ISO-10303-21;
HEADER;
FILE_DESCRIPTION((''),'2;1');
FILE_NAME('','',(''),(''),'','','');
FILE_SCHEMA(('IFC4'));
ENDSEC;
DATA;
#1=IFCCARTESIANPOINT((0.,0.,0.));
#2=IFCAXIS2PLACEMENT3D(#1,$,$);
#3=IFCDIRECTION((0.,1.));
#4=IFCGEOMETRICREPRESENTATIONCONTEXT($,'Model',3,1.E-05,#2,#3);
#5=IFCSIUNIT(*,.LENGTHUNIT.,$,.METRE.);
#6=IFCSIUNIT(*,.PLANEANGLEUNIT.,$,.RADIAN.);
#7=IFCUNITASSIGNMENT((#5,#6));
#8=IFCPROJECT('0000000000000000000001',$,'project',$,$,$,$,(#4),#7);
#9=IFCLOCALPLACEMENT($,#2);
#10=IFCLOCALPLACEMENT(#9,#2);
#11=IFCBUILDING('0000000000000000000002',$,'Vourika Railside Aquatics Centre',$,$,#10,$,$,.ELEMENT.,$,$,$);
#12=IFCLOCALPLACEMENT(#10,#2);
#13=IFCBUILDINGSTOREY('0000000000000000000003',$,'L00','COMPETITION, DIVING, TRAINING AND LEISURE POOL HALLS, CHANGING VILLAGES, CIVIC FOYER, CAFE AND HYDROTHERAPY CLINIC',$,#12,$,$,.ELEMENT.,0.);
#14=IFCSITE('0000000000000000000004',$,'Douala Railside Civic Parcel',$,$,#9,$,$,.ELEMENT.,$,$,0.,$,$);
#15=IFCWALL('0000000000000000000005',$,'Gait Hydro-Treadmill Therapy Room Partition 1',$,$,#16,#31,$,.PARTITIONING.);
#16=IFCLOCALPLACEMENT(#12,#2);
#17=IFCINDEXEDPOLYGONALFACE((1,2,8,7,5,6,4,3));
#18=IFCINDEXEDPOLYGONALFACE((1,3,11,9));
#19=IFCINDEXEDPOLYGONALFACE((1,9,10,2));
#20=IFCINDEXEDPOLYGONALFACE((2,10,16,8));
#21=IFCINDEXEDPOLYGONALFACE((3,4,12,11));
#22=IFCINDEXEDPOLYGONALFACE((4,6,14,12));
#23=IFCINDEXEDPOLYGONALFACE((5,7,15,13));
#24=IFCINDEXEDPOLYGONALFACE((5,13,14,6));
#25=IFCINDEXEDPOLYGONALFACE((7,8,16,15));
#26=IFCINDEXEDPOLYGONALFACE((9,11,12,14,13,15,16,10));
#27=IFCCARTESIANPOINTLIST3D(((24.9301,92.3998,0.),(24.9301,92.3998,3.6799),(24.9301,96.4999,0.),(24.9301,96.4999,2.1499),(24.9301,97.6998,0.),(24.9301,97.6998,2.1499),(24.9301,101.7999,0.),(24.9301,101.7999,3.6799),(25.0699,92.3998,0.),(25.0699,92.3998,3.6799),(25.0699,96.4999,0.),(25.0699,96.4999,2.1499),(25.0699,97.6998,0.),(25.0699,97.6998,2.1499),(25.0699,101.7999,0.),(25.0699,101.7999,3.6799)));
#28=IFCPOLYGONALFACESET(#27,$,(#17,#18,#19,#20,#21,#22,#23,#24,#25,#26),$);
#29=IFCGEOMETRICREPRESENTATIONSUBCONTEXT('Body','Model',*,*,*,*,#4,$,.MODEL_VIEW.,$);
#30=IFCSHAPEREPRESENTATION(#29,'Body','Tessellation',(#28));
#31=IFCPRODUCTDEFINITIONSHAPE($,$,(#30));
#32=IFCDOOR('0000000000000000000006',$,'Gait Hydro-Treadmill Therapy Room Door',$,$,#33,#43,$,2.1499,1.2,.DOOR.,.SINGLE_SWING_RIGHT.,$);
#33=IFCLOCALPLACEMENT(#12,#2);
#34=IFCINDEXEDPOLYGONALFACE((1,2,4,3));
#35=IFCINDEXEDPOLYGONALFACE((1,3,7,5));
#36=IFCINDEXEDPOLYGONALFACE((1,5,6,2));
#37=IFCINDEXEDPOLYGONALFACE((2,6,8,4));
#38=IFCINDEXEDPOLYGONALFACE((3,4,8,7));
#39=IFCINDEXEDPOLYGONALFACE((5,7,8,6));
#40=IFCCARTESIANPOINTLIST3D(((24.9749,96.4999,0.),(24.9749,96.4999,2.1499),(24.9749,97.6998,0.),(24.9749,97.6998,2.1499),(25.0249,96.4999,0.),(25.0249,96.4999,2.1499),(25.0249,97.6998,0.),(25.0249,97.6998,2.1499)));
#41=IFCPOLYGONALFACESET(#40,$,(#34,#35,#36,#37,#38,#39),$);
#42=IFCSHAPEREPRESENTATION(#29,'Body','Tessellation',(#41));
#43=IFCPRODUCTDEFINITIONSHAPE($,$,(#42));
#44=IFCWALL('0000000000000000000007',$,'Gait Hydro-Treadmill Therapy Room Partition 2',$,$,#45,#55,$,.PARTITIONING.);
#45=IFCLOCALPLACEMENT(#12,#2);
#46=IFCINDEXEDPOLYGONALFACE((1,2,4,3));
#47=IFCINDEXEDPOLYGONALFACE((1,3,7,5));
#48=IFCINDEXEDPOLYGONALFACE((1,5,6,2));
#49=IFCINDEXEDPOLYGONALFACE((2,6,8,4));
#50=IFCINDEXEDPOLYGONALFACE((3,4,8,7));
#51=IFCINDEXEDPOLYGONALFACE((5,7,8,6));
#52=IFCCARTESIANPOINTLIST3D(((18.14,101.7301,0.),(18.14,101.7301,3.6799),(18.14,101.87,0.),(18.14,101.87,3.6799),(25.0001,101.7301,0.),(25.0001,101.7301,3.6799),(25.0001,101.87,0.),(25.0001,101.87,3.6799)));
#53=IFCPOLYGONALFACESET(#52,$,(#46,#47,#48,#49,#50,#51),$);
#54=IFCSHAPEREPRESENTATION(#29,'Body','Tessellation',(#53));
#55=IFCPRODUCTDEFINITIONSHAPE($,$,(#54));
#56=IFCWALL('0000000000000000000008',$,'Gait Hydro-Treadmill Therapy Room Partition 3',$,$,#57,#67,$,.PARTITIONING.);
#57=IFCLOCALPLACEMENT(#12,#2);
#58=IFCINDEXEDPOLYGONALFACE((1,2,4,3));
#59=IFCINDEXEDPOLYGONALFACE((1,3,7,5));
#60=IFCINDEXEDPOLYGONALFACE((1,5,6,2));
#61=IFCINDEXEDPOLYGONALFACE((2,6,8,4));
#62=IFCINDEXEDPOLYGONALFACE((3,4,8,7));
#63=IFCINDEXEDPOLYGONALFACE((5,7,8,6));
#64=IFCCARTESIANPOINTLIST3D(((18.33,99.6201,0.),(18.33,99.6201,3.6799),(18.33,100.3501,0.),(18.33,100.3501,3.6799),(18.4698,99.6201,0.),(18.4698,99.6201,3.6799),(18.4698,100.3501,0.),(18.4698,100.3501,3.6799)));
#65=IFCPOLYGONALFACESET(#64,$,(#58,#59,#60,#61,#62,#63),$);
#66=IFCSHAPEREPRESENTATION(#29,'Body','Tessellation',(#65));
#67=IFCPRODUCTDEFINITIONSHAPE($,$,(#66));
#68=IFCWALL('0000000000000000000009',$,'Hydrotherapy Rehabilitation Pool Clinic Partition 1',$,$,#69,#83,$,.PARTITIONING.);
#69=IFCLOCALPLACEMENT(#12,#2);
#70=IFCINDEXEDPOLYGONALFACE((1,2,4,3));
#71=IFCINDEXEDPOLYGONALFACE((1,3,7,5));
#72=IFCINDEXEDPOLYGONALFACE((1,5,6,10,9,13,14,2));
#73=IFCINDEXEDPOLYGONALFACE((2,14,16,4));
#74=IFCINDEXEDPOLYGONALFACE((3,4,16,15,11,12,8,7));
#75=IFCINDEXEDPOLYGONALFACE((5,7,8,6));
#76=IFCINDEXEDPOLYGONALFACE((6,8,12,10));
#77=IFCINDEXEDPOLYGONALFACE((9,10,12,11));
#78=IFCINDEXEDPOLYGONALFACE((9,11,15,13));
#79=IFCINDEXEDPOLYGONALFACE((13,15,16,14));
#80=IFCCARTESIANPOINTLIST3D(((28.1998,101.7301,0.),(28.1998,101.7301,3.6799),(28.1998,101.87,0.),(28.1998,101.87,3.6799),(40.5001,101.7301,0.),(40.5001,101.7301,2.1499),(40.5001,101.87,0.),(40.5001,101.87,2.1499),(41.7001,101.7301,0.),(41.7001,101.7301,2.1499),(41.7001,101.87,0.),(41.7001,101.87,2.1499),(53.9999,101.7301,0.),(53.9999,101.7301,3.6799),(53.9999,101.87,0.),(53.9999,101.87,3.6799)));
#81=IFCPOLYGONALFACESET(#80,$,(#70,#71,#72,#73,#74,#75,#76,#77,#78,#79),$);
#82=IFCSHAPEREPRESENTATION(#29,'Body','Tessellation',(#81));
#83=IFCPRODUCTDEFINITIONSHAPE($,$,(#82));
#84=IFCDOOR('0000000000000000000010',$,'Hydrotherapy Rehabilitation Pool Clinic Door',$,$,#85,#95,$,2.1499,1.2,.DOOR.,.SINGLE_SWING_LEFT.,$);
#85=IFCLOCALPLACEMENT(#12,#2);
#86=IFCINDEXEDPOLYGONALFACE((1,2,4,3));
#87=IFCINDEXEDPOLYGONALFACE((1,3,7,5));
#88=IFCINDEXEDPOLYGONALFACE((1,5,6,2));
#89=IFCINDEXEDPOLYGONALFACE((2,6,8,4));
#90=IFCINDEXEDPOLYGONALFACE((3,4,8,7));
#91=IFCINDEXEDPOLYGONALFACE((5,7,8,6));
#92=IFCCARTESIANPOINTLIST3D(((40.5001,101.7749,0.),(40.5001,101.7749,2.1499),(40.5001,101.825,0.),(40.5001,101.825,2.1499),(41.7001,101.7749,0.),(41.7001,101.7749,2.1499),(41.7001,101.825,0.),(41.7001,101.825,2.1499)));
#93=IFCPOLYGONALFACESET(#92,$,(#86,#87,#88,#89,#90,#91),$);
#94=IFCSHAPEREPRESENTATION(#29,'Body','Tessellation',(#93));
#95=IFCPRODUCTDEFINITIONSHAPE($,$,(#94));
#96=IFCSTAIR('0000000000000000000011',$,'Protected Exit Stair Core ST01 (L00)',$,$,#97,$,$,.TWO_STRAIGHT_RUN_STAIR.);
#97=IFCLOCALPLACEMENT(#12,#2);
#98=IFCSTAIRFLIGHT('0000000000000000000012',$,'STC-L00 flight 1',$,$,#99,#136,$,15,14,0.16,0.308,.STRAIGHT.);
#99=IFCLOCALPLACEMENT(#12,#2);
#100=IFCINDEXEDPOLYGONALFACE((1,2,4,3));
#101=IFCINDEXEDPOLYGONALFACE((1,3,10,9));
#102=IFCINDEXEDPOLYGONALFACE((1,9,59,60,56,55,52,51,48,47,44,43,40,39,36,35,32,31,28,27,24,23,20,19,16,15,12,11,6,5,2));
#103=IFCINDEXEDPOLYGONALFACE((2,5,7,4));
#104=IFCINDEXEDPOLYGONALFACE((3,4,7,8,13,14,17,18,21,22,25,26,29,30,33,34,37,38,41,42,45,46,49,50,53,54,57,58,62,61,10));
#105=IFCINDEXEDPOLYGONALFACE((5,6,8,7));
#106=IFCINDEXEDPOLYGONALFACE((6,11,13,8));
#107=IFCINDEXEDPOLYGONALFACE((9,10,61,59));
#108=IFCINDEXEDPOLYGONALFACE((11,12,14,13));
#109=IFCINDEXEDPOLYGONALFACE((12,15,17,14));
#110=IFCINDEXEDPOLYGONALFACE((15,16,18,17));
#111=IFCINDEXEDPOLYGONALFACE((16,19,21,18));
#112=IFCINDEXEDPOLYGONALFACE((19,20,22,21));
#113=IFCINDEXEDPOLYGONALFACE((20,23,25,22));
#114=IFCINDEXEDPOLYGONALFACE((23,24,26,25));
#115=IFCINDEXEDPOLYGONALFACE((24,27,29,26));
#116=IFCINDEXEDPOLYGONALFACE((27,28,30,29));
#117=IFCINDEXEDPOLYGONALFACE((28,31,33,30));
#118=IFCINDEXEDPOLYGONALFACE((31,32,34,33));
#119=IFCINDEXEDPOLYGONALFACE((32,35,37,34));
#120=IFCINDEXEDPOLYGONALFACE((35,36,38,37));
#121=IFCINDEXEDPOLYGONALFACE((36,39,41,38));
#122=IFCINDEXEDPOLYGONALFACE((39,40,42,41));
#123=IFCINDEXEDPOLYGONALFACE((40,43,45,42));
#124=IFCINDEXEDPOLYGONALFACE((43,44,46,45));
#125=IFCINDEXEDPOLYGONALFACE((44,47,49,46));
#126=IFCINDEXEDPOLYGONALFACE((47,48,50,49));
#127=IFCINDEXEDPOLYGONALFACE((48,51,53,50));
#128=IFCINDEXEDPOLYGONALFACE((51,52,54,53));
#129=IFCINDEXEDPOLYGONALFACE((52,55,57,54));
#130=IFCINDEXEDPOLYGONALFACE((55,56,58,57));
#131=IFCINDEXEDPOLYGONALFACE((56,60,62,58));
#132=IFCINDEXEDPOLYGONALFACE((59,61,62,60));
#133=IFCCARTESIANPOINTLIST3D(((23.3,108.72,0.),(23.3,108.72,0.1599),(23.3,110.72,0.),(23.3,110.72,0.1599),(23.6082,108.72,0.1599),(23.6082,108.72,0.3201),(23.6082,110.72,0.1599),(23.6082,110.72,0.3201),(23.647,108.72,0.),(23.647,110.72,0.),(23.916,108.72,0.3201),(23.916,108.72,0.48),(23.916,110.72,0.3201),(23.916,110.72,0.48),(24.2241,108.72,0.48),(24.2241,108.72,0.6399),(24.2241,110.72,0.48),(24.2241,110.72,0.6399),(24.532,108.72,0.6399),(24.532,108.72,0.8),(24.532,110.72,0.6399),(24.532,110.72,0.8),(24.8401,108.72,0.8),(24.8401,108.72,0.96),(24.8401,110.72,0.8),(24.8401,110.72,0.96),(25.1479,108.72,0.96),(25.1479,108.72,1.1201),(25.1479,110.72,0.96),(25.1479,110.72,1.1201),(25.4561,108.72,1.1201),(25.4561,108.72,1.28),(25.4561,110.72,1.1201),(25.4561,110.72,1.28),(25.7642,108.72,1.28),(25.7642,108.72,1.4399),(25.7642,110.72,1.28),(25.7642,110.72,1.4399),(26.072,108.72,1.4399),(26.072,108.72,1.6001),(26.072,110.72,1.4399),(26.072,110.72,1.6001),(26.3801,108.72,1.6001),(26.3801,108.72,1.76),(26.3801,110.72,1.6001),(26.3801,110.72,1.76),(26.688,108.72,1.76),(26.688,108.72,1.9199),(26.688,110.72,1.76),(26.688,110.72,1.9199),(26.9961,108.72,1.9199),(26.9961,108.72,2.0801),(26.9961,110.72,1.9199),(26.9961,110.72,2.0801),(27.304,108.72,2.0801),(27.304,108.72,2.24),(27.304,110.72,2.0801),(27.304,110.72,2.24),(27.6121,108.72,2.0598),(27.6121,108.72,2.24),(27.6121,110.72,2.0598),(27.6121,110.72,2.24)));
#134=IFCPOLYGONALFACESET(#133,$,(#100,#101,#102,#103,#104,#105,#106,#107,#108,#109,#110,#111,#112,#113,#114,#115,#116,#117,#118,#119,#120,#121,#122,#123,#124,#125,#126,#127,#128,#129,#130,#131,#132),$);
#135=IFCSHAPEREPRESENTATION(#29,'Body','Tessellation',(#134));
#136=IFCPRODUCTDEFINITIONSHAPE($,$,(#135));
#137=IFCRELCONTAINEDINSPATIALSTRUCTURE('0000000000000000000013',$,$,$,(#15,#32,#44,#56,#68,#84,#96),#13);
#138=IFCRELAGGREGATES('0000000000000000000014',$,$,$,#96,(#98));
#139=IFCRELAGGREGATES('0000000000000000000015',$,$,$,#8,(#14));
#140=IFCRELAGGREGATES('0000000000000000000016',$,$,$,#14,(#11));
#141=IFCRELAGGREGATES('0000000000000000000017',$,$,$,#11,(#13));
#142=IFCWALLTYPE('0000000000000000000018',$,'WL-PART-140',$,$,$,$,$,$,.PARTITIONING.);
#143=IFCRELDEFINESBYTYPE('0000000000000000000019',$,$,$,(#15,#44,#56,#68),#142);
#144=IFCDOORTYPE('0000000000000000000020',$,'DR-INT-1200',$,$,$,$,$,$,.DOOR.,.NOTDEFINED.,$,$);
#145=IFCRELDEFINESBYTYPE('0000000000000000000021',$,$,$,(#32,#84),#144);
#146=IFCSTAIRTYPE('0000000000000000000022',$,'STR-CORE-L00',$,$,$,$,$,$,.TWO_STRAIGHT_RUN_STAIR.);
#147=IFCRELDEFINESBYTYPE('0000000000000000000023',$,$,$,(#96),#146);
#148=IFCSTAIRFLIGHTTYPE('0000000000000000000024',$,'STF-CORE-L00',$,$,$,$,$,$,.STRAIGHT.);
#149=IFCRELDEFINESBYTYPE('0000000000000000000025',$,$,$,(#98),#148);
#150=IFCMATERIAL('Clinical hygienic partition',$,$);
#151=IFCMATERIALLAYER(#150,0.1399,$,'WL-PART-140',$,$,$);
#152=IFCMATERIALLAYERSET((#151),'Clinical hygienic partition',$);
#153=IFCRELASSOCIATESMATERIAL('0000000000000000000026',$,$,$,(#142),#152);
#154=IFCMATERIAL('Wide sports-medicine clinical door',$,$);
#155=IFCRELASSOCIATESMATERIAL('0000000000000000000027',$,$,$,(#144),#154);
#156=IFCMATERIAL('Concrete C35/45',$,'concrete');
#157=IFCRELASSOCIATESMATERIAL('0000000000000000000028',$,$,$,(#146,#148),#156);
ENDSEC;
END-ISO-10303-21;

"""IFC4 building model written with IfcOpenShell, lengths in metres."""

from ifc_helpers import new_model, si_unit, direction, frame, frame_2d, origin, place, context, subcontext, project, spatial, polyline, rectangle, outline, extrude, material, layer, layer_set, type_object, element, fill, aggregate, save


model = new_model("IFC4")

# Units and contexts
model_context = context("Model", 3, precision=1e-05, world=origin(), true_north=direction((0.0, 1.0)))
body_context = subcontext(model_context, "Body", "Model", "MODEL_VIEW")
ifc_project = project(units=[si_unit("LENGTHUNIT", "METRE"), si_unit("PLANEANGLEUNIT", "RADIAN")], contexts=[model_context])

# Site, building, storey
site_placement = place(None, origin())
site = spatial("IfcSite", under=ifc_project, at=site_placement, Name="Douala Railside Civic Parcel", CompositionType="ELEMENT", RefElevation=0.0)
building_placement = place(site_placement, origin())
building = spatial("IfcBuilding", under=site, at=building_placement, Name="Vourika Railside Aquatics Centre", CompositionType="ELEMENT")
storey_placement = place(building_placement, origin())
storey = spatial("IfcBuildingStorey", under=building, at=storey_placement, Name="L00", Description="COMPETITION, DIVING, TRAINING AND LEISURE POOL HALLS, CHANGING VILLAGES, CIVIC FOYER, CAFE AND HYDROTHERAPY CLINIC", CompositionType="ELEMENT", Elevation=0.0)

# Shared definitions
ifc_material_1 = material(Name="Concrete C35/45", Category="concrete")

# Wall, opening, door
ifc_material_2 = material(Name="Clinical hygienic partition")
ifc_layer_1 = layer(ifc_material_2, 0.1399, Name="WL-PART-140")
ifc_layer_set_1 = layer_set([ifc_layer_1], Name="Clinical hygienic partition")
wall_type_1 = type_object("IfcWallType", Name="WL-PART-140", PredefinedType="PARTITIONING", material=ifc_layer_set_1)
wall_1_placement = place(storey_placement, frame((25.0, 101.8, 0.0), z_axis=(0.0, 0.0, 1.0), x_axis=(0.0, -1.0, 0.0)))
wall_1 = element("IfcWall", 1, at=wall_1_placement, inside=storey, type_object=wall_type_1, Name="Gait Hydro-Treadmill Therapy Room Partition 1", PredefinedType="PARTITIONING", context=body_context, shape_type="SweptSolid", body=[
    extrude(rectangle(XDim=9.4001, YDim=0.1399, at=frame_2d((4.7002, 0.0))), origin(), (0.0, 0.0, 1.0), 3.6799),
])
opening_1_placement = place(wall_1_placement, frame((4.1001, 0.0, 0.0)))
opening_1 = element("IfcOpeningElement", 2, at=opening_1_placement, cuts=wall_1, PredefinedType="OPENING", context=body_context, shape_type="SweptSolid", body=[
    extrude(rectangle(XDim=1.2, YDim=2.1499, at=frame_2d((0.6001, 1.075))), frame((0.0, 0.0801, 0.0), z_axis=(0.0, -1.0, 0.0), x_axis=(1.0, 0.0, 0.0)), (0.0, 0.0, 1.0), 0.1599),
])
ifc_material_3 = material(Name="Wide sports-medicine clinical door")
door_type_1 = type_object("IfcDoorType", Name="DR-INT-1200", OperationType="NOTDEFINED", PredefinedType="DOOR", material=ifc_material_3)
door_1_placement = place(opening_1_placement, origin())
door_1 = element("IfcDoor", 3, at=door_1_placement, inside=storey, type_object=door_type_1, Name="Gait Hydro-Treadmill Therapy Room Door", OperationType="SINGLE_SWING_RIGHT", OverallHeight=2.1499, OverallWidth=1.2, PredefinedType="DOOR", context=body_context, shape_type="SweptSolid", body=[
    extrude(rectangle(XDim=1.2, YDim=2.1499, at=frame_2d((0.6001, 1.075))), frame((0.0, 0.0249, 0.0), z_axis=(0.0, -1.0, 0.0), x_axis=(1.0, 0.0, 0.0)), (0.0, 0.0, 1.0), 0.05),
])
fill(opening_1, door_1)

# Walls
wall_2_placement = place(storey_placement, frame((18.1399, 101.8, 0.0), z_axis=(0.0, 0.0, 1.0), x_axis=(1.0, 0.0, 0.0)))
element("IfcWall", 4, at=wall_2_placement, inside=storey, type_object=wall_type_1, Name="Gait Hydro-Treadmill Therapy Room Partition 2", PredefinedType="PARTITIONING", context=body_context, shape_type="SweptSolid", body=[
    extrude(rectangle(XDim=6.8601, YDim=0.1399, at=frame_2d((3.4302, 0.0))), origin(), (0.0, 0.0, 1.0), 3.6799),
])
wall_3_placement = place(storey_placement, frame((18.3999, 99.6201, 0.0), z_axis=(0.0, 0.0, 1.0), x_axis=(0.0, 1.0, 0.0)))
element("IfcWall", 5, at=wall_3_placement, inside=storey, type_object=wall_type_1, Name="Gait Hydro-Treadmill Therapy Room Partition 3", PredefinedType="PARTITIONING", context=body_context, shape_type="SweptSolid", body=[
    extrude(rectangle(XDim=0.73, YDim=0.1399, at=frame_2d((0.365, 0.0))), origin(), (0.0, 0.0, 1.0), 3.6799),
])

# Wall, opening, door
wall_4_placement = place(storey_placement, frame((28.2, 101.8, 0.0), z_axis=(0.0, 0.0, 1.0), x_axis=(1.0, 0.0, 0.0)))
wall_4 = element("IfcWall", 6, at=wall_4_placement, inside=storey, type_object=wall_type_1, Name="Hydrotherapy Rehabilitation Pool Clinic Partition 1", PredefinedType="PARTITIONING", context=body_context, shape_type="SweptSolid", body=[
    extrude(rectangle(XDim=25.8, YDim=0.1399, at=frame_2d((12.8999, 0.0))), origin(), (0.0, 0.0, 1.0), 3.6799),
])
opening_2_placement = place(wall_4_placement, frame((12.3, 0.0, 0.0)))
opening_2 = element("IfcOpeningElement", 7, at=opening_2_placement, cuts=wall_4, PredefinedType="OPENING", context=body_context, shape_type="SweptSolid", body=[
    extrude(rectangle(XDim=1.2, YDim=2.1499, at=frame_2d((0.6001, 1.075))), frame((0.0, 0.0801, 0.0), z_axis=(0.0, -1.0, 0.0), x_axis=(1.0, 0.0, 0.0)), (0.0, 0.0, 1.0), 0.1599),
])
door_2_placement = place(opening_2_placement, origin())
door_2 = element("IfcDoor", 8, at=door_2_placement, inside=storey, type_object=door_type_1, Name="Hydrotherapy Rehabilitation Pool Clinic Door", OperationType="SINGLE_SWING_LEFT", OverallHeight=2.1499, OverallWidth=1.2, PredefinedType="DOOR", context=body_context, shape_type="SweptSolid", body=[
    extrude(rectangle(XDim=1.2, YDim=2.1499, at=frame_2d((0.6001, 1.075))), frame((0.0, 0.0249, 0.0), z_axis=(0.0, -1.0, 0.0), x_axis=(1.0, 0.0, 0.0)), (0.0, 0.0, 1.0), 0.05),
])
fill(opening_2, door_2)

# Stair, stair flight
stair_type = type_object("IfcStairType", Name="STR-CORE-L00", PredefinedType="TWO_STRAIGHT_RUN_STAIR", material=ifc_material_1)
stair_placement = place(storey_placement, origin())
stair = element("IfcStair", 9, at=stair_placement, inside=storey, type_object=stair_type, Name="Protected Exit Stair Core ST01 (L00)", PredefinedType="TWO_STRAIGHT_RUN_STAIR")
stair_flight_type = type_object("IfcStairFlightType", Name="STF-CORE-L00", PredefinedType="STRAIGHT", material=ifc_material_1)
stair_flight_placement = place(storey_placement, frame((23.3, 109.72, 0.0), z_axis=(0.0, 0.0, 1.0), x_axis=(1.0, 0.0, 0.0)))
stair_flight = element("IfcStairFlight", 10, at=stair_flight_placement, type_object=stair_flight_type, Name="STC-L00 flight 1", NumberOfRisers=15, NumberOfTreads=14, PredefinedType="STRAIGHT", RiserHeight=0.16, TreadLength=0.308, context=body_context, shape_type="SweptSolid", body=[
    extrude(outline(polyline([(0.0, 0.0), (0.0, 0.1599), (0.3081, 0.1599), (0.3081, 0.3201), (0.616, 0.3201), (0.616, 0.48), (0.9241, 0.48), (0.9241, 0.6399), (1.2319, 0.6399), (1.2319, 0.8), (1.54, 0.8), (1.54, 0.96), (1.8479, 0.96), (1.8479, 1.1201), (2.156, 1.1201), (2.156, 1.28), (2.4641, 1.28), (2.4641, 1.4399), (2.772, 1.4399), (2.772, 1.6001), (3.0801, 1.6001), (3.0801, 1.76), (3.3879, 1.76), (3.3879, 1.9199), (3.696, 1.9199), (3.696, 2.0801), (4.0039, 2.0801), (4.0039, 2.24), (4.312, 2.24), (4.312, 2.3999), (4.312, 2.0598), (0.3469, 0.0), (0.0, 0.0)])), frame((0.0, 1.0, 0.0), z_axis=(0.0, -1.0, 0.0), x_axis=(1.0, 0.0, 0.0)), (0.0, 0.0, 1.0), 2.0),
])
aggregate(stair, [stair_flight])

save(model, "model.ifc")
